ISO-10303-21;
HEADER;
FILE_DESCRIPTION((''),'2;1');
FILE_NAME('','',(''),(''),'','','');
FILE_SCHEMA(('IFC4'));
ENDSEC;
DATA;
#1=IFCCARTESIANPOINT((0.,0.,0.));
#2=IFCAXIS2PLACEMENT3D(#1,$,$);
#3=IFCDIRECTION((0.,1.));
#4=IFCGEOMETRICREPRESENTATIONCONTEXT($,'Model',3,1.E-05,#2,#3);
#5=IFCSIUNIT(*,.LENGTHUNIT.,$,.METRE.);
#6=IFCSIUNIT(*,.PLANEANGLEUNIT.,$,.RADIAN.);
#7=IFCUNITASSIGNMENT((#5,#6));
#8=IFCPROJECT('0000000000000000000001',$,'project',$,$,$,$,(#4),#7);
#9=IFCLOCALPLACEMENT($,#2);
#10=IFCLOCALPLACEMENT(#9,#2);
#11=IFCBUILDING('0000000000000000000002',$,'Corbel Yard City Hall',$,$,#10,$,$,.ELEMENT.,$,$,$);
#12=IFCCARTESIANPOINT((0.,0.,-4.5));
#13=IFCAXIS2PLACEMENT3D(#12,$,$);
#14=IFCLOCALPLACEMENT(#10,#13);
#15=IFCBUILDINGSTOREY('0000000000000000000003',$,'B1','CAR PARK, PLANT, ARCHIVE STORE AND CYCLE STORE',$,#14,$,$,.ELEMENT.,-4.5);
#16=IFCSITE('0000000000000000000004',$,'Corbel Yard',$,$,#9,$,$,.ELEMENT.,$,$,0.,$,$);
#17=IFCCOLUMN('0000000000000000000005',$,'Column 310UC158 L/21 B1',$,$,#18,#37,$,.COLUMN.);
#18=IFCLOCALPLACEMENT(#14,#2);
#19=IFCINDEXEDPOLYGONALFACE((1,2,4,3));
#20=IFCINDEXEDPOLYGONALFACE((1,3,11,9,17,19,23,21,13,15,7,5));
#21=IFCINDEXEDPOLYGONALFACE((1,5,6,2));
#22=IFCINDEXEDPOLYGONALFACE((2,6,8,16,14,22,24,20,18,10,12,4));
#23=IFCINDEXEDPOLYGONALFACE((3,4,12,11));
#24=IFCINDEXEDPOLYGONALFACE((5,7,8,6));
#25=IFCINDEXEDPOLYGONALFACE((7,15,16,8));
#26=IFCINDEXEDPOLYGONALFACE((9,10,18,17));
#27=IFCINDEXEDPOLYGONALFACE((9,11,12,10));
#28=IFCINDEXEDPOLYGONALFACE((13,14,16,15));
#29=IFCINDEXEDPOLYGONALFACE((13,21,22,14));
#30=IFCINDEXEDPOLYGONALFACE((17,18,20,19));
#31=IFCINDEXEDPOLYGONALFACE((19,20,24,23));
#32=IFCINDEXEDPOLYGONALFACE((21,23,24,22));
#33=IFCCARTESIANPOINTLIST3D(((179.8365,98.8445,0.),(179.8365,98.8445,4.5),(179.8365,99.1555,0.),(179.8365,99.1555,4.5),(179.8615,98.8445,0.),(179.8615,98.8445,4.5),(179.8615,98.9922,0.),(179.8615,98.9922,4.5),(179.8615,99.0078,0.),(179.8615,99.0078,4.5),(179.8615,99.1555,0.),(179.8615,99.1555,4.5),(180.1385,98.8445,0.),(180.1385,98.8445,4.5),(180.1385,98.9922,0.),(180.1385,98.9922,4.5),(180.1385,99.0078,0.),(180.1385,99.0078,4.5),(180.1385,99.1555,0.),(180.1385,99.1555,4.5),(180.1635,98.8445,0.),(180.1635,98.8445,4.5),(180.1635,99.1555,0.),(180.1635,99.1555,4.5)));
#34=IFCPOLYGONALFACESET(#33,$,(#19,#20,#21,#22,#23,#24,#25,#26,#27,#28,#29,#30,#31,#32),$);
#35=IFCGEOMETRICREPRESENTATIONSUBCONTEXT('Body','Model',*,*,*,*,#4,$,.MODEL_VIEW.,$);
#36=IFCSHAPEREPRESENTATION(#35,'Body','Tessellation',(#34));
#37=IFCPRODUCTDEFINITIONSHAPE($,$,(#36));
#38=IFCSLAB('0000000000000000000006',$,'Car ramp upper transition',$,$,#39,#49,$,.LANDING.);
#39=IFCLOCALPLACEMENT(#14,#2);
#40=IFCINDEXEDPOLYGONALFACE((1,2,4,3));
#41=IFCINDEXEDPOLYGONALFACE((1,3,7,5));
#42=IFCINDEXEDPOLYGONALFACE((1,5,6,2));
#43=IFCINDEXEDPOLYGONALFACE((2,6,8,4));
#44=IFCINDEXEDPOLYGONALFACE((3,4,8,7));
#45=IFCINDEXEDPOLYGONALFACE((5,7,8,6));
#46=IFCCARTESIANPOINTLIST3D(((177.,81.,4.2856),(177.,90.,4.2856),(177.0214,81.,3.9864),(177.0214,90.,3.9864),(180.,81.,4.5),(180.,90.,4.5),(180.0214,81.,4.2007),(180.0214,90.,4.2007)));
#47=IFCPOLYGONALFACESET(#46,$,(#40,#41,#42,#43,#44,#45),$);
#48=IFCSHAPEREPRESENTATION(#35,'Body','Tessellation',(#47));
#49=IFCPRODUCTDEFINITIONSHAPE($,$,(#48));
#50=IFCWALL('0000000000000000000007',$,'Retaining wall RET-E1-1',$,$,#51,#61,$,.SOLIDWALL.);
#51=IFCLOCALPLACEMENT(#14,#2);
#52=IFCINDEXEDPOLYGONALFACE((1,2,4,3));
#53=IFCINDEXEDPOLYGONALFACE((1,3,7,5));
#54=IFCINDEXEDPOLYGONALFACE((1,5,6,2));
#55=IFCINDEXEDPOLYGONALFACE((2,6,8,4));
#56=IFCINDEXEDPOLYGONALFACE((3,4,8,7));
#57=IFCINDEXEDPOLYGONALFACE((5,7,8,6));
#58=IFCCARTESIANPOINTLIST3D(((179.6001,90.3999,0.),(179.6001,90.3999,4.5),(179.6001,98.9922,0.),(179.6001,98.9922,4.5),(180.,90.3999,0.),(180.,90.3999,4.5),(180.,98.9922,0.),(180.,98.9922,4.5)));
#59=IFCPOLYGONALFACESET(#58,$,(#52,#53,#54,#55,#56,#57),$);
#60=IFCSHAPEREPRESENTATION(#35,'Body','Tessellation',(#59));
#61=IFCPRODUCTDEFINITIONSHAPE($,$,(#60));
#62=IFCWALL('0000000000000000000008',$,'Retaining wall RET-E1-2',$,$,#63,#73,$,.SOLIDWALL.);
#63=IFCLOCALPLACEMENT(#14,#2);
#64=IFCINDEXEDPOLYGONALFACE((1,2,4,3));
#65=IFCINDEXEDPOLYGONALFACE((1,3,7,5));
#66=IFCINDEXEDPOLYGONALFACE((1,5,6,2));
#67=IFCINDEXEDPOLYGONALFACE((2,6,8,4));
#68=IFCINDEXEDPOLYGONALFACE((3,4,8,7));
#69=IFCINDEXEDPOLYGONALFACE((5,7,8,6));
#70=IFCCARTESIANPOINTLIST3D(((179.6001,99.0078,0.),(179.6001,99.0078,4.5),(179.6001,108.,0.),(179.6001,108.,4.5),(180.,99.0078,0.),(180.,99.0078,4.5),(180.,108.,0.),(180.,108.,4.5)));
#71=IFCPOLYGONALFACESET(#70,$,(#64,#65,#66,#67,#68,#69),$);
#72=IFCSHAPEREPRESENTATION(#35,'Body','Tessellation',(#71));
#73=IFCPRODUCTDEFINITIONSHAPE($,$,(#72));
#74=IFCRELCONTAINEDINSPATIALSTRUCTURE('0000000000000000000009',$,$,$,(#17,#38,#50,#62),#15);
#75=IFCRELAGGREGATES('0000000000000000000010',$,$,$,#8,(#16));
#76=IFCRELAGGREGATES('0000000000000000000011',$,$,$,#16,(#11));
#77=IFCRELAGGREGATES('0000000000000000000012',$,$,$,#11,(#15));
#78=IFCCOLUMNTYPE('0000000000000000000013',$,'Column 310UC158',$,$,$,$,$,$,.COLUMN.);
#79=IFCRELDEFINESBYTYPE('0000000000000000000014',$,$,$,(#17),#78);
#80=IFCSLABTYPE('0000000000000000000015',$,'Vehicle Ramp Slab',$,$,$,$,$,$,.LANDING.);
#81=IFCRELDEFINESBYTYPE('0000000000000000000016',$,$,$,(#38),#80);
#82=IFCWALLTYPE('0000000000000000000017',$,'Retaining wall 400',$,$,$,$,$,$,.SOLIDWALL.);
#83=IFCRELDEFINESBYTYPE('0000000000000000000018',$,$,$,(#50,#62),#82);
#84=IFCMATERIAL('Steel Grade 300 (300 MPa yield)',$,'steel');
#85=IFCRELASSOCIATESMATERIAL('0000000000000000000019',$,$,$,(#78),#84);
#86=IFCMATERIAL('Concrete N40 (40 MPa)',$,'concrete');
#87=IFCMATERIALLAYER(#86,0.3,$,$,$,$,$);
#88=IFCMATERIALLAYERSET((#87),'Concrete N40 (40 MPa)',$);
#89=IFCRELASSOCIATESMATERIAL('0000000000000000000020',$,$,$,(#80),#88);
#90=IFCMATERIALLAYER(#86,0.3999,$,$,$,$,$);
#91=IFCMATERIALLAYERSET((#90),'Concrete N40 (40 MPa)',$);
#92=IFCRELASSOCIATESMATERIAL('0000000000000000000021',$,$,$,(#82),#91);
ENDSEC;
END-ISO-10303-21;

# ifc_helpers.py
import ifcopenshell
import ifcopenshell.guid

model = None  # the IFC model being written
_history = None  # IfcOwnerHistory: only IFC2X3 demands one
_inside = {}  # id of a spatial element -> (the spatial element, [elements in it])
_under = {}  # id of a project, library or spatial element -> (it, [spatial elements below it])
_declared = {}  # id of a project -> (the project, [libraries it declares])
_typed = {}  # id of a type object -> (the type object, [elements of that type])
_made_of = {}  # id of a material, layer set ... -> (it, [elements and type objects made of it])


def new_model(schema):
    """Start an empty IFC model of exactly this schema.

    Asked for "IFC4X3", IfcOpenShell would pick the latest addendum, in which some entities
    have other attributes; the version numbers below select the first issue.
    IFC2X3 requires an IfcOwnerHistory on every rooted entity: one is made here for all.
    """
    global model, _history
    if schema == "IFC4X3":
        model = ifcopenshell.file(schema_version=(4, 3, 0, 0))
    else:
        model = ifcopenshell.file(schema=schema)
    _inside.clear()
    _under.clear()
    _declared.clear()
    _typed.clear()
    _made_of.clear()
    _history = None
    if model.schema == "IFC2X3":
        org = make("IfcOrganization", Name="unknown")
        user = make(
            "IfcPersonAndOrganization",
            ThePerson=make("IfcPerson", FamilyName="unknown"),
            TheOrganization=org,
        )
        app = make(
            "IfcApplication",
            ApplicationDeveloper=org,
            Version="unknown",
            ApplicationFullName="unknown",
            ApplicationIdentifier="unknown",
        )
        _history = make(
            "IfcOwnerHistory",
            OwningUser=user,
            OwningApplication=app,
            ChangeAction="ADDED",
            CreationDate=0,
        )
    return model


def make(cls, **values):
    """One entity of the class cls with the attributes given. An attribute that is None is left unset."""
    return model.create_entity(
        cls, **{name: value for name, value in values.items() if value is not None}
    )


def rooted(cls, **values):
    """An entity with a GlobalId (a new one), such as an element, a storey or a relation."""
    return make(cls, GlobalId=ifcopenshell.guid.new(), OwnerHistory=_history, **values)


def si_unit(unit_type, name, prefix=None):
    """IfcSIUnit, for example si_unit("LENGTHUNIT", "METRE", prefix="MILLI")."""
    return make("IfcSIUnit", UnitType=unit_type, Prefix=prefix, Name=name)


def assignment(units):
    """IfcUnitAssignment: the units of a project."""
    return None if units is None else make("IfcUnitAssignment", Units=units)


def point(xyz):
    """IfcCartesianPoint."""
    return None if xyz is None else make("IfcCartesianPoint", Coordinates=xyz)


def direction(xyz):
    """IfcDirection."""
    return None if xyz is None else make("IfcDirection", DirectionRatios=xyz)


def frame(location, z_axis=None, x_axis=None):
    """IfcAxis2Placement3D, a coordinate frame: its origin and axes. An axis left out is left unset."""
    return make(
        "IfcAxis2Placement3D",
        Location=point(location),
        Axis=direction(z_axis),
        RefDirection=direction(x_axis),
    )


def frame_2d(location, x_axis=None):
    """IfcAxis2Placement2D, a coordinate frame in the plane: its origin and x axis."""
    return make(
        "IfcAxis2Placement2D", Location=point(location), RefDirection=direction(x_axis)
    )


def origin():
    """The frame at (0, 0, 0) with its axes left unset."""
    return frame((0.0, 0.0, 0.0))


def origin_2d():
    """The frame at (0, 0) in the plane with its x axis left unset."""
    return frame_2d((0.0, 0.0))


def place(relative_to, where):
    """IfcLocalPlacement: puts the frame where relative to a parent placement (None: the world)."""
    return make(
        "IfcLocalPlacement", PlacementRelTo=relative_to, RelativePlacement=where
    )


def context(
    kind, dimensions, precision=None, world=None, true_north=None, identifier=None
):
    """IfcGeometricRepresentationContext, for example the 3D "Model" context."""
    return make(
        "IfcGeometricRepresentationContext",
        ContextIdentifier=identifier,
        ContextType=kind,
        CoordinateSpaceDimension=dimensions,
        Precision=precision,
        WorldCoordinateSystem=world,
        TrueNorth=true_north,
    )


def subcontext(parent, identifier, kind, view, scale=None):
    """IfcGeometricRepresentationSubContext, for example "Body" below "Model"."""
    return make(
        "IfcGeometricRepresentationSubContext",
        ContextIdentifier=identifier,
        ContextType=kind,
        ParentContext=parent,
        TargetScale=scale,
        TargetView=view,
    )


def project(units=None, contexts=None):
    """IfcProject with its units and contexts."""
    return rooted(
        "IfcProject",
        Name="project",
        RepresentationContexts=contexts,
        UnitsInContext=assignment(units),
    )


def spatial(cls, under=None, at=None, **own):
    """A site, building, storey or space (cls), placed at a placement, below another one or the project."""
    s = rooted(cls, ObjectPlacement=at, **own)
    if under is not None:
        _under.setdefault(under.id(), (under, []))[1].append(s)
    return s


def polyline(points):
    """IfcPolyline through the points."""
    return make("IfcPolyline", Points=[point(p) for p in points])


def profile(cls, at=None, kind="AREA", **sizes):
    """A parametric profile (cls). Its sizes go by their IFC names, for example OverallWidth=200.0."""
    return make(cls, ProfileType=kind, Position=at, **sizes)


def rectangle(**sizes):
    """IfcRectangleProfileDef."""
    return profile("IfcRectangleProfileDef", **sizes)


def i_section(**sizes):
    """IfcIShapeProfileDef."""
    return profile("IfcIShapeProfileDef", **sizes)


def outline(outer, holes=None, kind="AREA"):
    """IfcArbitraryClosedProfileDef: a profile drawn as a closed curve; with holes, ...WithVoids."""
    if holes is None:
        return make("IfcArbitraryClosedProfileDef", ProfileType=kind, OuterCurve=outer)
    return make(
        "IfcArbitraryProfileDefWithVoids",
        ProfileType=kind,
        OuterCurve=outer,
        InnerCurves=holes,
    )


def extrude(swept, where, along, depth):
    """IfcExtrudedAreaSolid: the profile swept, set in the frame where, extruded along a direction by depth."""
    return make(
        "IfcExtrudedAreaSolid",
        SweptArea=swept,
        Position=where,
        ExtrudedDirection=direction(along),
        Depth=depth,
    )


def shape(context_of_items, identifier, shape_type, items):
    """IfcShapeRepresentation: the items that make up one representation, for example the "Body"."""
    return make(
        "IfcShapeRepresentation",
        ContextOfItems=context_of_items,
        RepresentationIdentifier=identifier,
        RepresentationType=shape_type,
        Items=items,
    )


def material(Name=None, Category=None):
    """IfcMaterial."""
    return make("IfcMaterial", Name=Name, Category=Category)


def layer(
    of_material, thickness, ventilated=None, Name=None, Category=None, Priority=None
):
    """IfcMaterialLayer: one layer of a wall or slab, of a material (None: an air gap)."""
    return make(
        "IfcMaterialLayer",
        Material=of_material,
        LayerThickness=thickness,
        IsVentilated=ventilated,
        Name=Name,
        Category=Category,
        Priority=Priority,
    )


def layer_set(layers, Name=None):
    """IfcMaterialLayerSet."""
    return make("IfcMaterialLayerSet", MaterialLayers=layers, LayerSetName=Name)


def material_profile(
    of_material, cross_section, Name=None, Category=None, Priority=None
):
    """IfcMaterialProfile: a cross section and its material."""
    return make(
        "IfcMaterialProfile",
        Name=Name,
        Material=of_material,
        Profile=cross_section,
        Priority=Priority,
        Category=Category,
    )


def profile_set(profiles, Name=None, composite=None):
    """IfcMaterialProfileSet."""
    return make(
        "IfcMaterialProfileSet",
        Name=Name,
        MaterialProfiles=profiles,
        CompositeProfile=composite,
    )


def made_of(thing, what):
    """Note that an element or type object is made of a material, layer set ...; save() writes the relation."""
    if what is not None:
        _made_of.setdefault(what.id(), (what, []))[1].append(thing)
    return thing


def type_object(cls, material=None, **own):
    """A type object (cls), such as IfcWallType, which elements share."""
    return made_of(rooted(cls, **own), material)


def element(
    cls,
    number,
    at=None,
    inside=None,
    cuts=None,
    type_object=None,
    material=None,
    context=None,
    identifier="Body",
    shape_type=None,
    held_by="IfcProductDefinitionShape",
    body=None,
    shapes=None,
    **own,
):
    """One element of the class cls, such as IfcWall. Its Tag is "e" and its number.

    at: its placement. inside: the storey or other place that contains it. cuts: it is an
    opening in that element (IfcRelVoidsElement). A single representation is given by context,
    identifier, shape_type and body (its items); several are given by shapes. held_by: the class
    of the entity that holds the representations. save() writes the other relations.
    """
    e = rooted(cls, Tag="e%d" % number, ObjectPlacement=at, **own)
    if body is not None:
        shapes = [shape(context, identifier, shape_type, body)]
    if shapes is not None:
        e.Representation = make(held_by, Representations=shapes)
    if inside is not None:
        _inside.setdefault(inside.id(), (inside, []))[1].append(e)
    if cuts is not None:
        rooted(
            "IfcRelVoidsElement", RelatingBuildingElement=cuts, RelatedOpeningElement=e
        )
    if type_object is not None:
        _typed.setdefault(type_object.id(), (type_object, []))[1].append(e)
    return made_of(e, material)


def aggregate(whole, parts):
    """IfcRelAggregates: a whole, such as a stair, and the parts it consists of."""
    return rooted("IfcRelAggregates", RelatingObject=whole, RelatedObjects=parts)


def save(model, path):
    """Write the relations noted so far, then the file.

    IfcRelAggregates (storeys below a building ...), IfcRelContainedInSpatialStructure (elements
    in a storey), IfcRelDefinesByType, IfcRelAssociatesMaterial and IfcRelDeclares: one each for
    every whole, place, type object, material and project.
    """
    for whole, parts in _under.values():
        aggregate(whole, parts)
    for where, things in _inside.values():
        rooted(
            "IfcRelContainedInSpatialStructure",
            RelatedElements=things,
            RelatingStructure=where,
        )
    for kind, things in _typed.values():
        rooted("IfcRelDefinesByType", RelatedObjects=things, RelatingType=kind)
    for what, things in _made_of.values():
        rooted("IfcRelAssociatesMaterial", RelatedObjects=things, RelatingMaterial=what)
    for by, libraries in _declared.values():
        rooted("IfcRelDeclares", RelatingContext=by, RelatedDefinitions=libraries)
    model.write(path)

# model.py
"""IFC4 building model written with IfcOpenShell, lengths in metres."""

from ifc_helpers import new_model, si_unit, direction, frame, frame_2d, origin, origin_2d, place, context, subcontext, project, spatial, polyline, rectangle, i_section, outline, extrude, material, layer, layer_set, material_profile, profile_set, type_object, element, save


model = new_model("IFC4")

# Units and contexts
model_context = context("Model", 3, precision=1e-05, world=origin(), true_north=direction((0.0, 1.0)))
body_context = subcontext(model_context, "Body", "Model", "MODEL_VIEW")
ifc_project = project(units=[si_unit("LENGTHUNIT", "METRE"), si_unit("PLANEANGLEUNIT", "RADIAN")], contexts=[model_context])

# Site, building, storey
site_placement = place(None, origin())
site = spatial("IfcSite", under=ifc_project, at=site_placement, Name="Corbel Yard", CompositionType="ELEMENT", RefElevation=0.0)
building_placement = place(site_placement, origin())
building = spatial("IfcBuilding", under=site, at=building_placement, Name="Corbel Yard City Hall", CompositionType="ELEMENT")
storey_placement = place(building_placement, frame((0.0, 0.0, -4.5)))
storey = spatial("IfcBuildingStorey", under=building, at=storey_placement, Name="B1", Description="CAR PARK, PLANT, ARCHIVE STORE AND CYCLE STORE", CompositionType="ELEMENT", Elevation=-4.5)

# Shared definitions
ifc_material_1 = material(Name="Concrete N40 (40 MPa)", Category="concrete")

# Column
ifc_material_2 = material(Name="Steel Grade 300 (300 MPa yield)", Category="steel")
ifc_material_profile_1 = material_profile(ifc_material_2, i_section(OverallWidth=0.311, OverallDepth=0.3269, WebThickness=0.0156, FlangeThickness=0.0249, at=origin_2d()), Name="310UC158")
ifc_profile_set_1 = profile_set([ifc_material_profile_1], Name="Steel Grade 300 (300 MPa yield)")
column_type = type_object("IfcColumnType", Name="Column 310UC158", PredefinedType="COLUMN", material=ifc_profile_set_1)
for number, where, z_axis, x_axis, name in (
    (1, (180.0, 99.0, 0.0), (0.0, 0.0, 1.0), (0.0, 1.0, 0.0), "Column 310UC158 L/21 B1"),
):
    element("IfcColumn", number, at=place(storey_placement, frame(where, z_axis=z_axis, x_axis=x_axis)), inside=storey, type_object=column_type, Name=name, PredefinedType="COLUMN", context=body_context, shape_type="SweptSolid", body=[
        extrude(i_section(OverallWidth=0.311, OverallDepth=0.3269, WebThickness=0.0156, FlangeThickness=0.0249, at=origin_2d()), origin(), (0.0, 0.0, 1.0), 4.5),
    ])

# Slab
ifc_layer_1 = layer(ifc_material_1, 0.3)
ifc_layer_set_1 = layer_set([ifc_layer_1], Name="Concrete N40 (40 MPa)")
slab_type = type_object("IfcSlabType", Name="Vehicle Ramp Slab", PredefinedType="LANDING", material=ifc_layer_set_1)
slab_placement = place(storey_placement, frame((177.0, 81.0, 4.2856), z_axis=(-0.07127, 0.0, 0.997457), x_axis=(0.997457, 0.0, 0.07127)))
element("IfcSlab", 2, at=slab_placement, inside=storey, type_object=slab_type, Name="Car ramp upper transition", PredefinedType="LANDING", context=body_context, shape_type="SweptSolid", body=[
    extrude(outline(polyline([(0.0, 0.0), (3.0076, 0.0), (3.0076, 9.0), (0.0, 9.0), (0.0, 0.0)])), origin(), (0.0, 0.0, -1.0), 0.3),
])

# Walls
ifc_layer_2 = layer(ifc_material_1, 0.3999)
ifc_layer_set_2 = layer_set([ifc_layer_2], Name="Concrete N40 (40 MPa)")
wall_type = type_object("IfcWallType", Name="Retaining wall 400", PredefinedType="SOLIDWALL", material=ifc_layer_set_2)
wall_1_placement = place(storey_placement, frame((179.8, 90.3999, 0.0), z_axis=(0.0, 0.0, 1.0), x_axis=(0.0, 1.0, 0.0)))
element("IfcWall", 3, at=wall_1_placement, inside=storey, type_object=wall_type, Name="Retaining wall RET-E1-1", PredefinedType="SOLIDWALL", context=body_context, shape_type="SweptSolid", body=[
    extrude(rectangle(XDim=8.5923, YDim=0.3999, at=frame_2d((4.2961, 0.0))), origin(), (0.0, 0.0, 1.0), 4.5),
])
wall_2_placement = place(storey_placement, frame((179.8, 99.0078, 0.0), z_axis=(0.0, 0.0, 1.0), x_axis=(0.0, 1.0, 0.0)))
element("IfcWall", 4, at=wall_2_placement, inside=storey, type_object=wall_type, Name="Retaining wall RET-E1-2", PredefinedType="SOLIDWALL", context=body_context, shape_type="SweptSolid", body=[
    extrude(rectangle(XDim=8.9922, YDim=0.3999, at=frame_2d((4.4961, 0.0))), origin(), (0.0, 0.0, 1.0), 4.5),
])

save(model, "model.ifc")
